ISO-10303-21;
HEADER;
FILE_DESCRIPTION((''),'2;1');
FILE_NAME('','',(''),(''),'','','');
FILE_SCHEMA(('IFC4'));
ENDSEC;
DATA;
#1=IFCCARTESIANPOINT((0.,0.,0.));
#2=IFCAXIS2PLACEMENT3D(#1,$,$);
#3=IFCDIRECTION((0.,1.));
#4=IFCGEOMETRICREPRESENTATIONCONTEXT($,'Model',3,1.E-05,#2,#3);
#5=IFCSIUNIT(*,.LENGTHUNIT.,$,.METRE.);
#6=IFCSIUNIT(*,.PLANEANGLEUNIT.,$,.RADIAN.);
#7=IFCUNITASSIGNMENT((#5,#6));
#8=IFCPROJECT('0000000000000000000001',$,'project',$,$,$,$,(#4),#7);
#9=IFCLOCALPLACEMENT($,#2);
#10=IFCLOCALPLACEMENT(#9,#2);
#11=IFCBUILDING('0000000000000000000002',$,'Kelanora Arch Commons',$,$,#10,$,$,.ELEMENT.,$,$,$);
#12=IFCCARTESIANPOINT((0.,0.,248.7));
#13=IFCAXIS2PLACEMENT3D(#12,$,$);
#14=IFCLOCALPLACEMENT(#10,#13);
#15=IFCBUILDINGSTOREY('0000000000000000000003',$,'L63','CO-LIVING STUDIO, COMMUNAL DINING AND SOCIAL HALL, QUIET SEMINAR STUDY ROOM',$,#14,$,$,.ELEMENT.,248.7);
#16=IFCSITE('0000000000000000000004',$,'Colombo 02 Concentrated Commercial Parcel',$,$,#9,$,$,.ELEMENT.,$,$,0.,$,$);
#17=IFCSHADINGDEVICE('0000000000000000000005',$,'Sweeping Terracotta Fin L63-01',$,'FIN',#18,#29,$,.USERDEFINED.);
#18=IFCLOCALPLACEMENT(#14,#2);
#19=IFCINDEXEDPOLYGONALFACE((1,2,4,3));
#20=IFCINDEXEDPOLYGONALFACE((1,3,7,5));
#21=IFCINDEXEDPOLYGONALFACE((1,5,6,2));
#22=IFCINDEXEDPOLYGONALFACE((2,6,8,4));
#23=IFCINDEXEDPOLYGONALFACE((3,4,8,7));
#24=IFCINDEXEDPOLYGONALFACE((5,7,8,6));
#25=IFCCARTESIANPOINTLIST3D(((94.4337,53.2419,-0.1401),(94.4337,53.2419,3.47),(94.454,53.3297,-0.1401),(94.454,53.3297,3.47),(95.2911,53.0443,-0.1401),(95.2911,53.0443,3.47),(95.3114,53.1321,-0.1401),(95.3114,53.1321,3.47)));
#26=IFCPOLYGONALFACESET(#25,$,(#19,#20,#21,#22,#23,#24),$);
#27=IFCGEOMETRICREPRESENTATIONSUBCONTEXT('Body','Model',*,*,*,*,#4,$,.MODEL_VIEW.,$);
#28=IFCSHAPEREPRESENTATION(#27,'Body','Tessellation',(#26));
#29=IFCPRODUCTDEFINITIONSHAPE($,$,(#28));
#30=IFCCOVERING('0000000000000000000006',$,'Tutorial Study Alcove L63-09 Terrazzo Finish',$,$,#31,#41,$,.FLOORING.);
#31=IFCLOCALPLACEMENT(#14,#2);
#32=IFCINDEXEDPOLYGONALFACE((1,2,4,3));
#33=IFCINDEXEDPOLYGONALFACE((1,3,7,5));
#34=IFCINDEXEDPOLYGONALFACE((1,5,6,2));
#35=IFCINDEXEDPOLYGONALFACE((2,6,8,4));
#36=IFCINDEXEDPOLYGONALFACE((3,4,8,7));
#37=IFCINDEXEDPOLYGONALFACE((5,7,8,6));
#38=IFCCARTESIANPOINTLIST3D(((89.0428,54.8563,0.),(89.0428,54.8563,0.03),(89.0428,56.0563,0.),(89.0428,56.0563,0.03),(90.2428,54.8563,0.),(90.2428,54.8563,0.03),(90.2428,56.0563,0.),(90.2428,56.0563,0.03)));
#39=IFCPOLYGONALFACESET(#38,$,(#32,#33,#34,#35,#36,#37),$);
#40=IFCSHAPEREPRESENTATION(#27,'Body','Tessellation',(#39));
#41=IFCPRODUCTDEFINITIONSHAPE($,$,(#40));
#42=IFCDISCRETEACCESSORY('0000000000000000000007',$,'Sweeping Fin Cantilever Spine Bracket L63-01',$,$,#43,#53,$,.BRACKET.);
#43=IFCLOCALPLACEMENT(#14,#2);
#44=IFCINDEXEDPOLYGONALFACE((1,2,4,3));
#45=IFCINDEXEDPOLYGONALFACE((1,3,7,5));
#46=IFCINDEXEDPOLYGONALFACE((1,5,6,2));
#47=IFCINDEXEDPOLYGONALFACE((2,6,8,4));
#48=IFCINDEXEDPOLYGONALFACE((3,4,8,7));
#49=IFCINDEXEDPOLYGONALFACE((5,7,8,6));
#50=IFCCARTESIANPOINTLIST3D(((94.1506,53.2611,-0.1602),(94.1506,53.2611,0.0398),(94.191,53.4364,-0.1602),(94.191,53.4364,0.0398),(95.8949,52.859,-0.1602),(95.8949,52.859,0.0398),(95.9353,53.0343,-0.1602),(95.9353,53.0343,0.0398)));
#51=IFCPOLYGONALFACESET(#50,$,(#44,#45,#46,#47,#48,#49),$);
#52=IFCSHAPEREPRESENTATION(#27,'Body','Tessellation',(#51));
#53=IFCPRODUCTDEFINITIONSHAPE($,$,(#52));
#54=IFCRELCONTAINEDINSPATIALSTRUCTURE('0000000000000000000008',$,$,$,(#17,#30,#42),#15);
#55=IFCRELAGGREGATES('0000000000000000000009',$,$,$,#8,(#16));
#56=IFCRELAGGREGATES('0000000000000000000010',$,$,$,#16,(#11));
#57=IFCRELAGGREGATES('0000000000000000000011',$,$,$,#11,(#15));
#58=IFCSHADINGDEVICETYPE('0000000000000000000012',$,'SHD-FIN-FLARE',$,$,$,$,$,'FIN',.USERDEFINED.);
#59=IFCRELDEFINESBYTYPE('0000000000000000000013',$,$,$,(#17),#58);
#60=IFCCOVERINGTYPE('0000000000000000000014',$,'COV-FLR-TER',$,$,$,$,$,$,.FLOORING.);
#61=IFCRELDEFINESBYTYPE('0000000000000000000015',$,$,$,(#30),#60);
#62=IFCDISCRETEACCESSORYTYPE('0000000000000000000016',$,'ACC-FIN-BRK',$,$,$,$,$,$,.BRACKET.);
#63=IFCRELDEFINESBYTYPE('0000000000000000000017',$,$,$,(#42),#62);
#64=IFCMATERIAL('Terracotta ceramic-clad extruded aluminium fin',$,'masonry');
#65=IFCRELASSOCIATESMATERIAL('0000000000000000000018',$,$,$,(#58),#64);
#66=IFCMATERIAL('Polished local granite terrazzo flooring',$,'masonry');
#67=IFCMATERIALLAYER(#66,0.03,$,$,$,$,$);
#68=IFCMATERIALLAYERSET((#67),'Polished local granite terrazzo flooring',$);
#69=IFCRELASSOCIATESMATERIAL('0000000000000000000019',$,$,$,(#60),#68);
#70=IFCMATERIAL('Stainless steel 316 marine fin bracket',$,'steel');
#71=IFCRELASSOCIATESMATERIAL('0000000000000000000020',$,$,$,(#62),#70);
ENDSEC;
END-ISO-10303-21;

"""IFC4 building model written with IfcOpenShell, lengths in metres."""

from ifc_helpers import new_model, si_unit, direction, frame, origin, origin_2d, place, context, subcontext, project, spatial, rectangle, extrude, source, transform, mapped, material, layer, layer_set, type_object, element, save


model = new_model("IFC4")

# Units and contexts
model_context = context("Model", 3, precision=1e-05, world=origin(), true_north=direction((0.0, 1.0)))
body_context = subcontext(model_context, "Body", "Model", "MODEL_VIEW")
ifc_project = project(units=[si_unit("LENGTHUNIT", "METRE"), si_unit("PLANEANGLEUNIT", "RADIAN")], contexts=[model_context])

# Site, building, storey
site_placement = place(None, origin())
site = spatial("IfcSite", under=ifc_project, at=site_placement, Name="Colombo 02 Concentrated Commercial Parcel", CompositionType="ELEMENT", RefElevation=0.0)
building_placement = place(site_placement, origin())
building = spatial("IfcBuilding", under=site, at=building_placement, Name="Kelanora Arch Commons", CompositionType="ELEMENT")
storey_placement = place(building_placement, frame((0.0, 0.0, 248.7)))
storey = spatial("IfcBuildingStorey", under=building, at=storey_placement, Name="L63", Description="CO-LIVING STUDIO, COMMUNAL DINING AND SOCIAL HALL, QUIET SEMINAR STUDY ROOM", CompositionType="ELEMENT", Elevation=248.7)

# Shading device
ifc_material_1 = material(Name="Terracotta ceramic-clad extruded aluminium fin", Category="masonry")
shading_device_type = type_object("IfcShadingDeviceType", Name="SHD-FIN-FLARE", ElementType="FIN", PredefinedType="USERDEFINED", material=ifc_material_1)
shared_shape_1 = source(origin(), body_context, "Body", "SweptSolid", [
    extrude(rectangle(XDim=0.8799, YDim=0.0901, at=origin_2d()), origin(), (0.0, 0.0, 1.0), 3.6101),
])
shading_device_placement = place(storey_placement, frame((94.8726, 53.187, -0.1401), z_axis=(0.0, 0.0, 1.0), x_axis=(0.974449, -0.224611, 0.0)))
element("IfcShadingDevice", 1, at=shading_device_placement, inside=storey, type_object=shading_device_type, Name="Sweeping Terracotta Fin L63-01", ObjectType="FIN", PredefinedType="USERDEFINED", context=body_context, shape_type="MappedRepresentation", body=[
    mapped(shared_shape_1, transform((0.0, 0.0, 0.0), scale=1.0)),
])

# Covering
ifc_material_2 = material(Name="Polished local granite terrazzo flooring", Category="masonry")
ifc_layer_1 = layer(ifc_material_2, 0.03)
ifc_layer_set_1 = layer_set([ifc_layer_1], Name="Polished local granite terrazzo flooring")
covering_type = type_object("IfcCoveringType", Name="COV-FLR-TER", PredefinedType="FLOORING", material=ifc_layer_set_1)
shared_shape_2 = source(origin(), body_context, "Body", "SweptSolid", [
    extrude(rectangle(XDim=1.2, YDim=1.2, at=origin_2d()), origin(), (0.0, 0.0, 1.0), 0.03),
])
covering_placement = place(storey_placement, frame((89.6428, 55.4563, 0.0), z_axis=(0.0, 0.0, 1.0), x_axis=(1.0, 0.0, 0.0)))
element("IfcCovering", 2, at=covering_placement, inside=storey, type_object=covering_type, Name="Tutorial Study Alcove L63-09 Terrazzo Finish", PredefinedType="FLOORING", context=body_context, shape_type="MappedRepresentation", body=[
    mapped(shared_shape_2, transform((0.0, 0.0, 0.0), scale=1.0)),
])

# Discrete accessory
ifc_material_3 = material(Name="Stainless steel 316 marine fin bracket", Category="steel")
discrete_accessory_type = type_object("IfcDiscreteAccessoryType", Name="ACC-FIN-BRK", PredefinedType="BRACKET", material=ifc_material_3)
shared_shape_3 = source(origin(), body_context, "Body", "SweptSolid", [
    extrude(rectangle(XDim=1.79, YDim=0.1799, at=origin_2d()), origin(), (0.0, 0.0, 1.0), 0.2),
])
discrete_accessory_placement = place(storey_placement, frame((95.043, 53.1477, -0.1602), z_axis=(0.0, 0.0, 1.0), x_axis=(0.974449, -0.224611, 0.0)))
element("IfcDiscreteAccessory", 3, at=discrete_accessory_placement, inside=storey, type_object=discrete_accessory_type, Name="Sweeping Fin Cantilever Spine Bracket L63-01", PredefinedType="BRACKET", context=body_context, shape_type="MappedRepresentation", body=[
    mapped(shared_shape_3, transform((0.0, 0.0, 0.0), scale=1.0)),
])

save(model, "model.ifc")
